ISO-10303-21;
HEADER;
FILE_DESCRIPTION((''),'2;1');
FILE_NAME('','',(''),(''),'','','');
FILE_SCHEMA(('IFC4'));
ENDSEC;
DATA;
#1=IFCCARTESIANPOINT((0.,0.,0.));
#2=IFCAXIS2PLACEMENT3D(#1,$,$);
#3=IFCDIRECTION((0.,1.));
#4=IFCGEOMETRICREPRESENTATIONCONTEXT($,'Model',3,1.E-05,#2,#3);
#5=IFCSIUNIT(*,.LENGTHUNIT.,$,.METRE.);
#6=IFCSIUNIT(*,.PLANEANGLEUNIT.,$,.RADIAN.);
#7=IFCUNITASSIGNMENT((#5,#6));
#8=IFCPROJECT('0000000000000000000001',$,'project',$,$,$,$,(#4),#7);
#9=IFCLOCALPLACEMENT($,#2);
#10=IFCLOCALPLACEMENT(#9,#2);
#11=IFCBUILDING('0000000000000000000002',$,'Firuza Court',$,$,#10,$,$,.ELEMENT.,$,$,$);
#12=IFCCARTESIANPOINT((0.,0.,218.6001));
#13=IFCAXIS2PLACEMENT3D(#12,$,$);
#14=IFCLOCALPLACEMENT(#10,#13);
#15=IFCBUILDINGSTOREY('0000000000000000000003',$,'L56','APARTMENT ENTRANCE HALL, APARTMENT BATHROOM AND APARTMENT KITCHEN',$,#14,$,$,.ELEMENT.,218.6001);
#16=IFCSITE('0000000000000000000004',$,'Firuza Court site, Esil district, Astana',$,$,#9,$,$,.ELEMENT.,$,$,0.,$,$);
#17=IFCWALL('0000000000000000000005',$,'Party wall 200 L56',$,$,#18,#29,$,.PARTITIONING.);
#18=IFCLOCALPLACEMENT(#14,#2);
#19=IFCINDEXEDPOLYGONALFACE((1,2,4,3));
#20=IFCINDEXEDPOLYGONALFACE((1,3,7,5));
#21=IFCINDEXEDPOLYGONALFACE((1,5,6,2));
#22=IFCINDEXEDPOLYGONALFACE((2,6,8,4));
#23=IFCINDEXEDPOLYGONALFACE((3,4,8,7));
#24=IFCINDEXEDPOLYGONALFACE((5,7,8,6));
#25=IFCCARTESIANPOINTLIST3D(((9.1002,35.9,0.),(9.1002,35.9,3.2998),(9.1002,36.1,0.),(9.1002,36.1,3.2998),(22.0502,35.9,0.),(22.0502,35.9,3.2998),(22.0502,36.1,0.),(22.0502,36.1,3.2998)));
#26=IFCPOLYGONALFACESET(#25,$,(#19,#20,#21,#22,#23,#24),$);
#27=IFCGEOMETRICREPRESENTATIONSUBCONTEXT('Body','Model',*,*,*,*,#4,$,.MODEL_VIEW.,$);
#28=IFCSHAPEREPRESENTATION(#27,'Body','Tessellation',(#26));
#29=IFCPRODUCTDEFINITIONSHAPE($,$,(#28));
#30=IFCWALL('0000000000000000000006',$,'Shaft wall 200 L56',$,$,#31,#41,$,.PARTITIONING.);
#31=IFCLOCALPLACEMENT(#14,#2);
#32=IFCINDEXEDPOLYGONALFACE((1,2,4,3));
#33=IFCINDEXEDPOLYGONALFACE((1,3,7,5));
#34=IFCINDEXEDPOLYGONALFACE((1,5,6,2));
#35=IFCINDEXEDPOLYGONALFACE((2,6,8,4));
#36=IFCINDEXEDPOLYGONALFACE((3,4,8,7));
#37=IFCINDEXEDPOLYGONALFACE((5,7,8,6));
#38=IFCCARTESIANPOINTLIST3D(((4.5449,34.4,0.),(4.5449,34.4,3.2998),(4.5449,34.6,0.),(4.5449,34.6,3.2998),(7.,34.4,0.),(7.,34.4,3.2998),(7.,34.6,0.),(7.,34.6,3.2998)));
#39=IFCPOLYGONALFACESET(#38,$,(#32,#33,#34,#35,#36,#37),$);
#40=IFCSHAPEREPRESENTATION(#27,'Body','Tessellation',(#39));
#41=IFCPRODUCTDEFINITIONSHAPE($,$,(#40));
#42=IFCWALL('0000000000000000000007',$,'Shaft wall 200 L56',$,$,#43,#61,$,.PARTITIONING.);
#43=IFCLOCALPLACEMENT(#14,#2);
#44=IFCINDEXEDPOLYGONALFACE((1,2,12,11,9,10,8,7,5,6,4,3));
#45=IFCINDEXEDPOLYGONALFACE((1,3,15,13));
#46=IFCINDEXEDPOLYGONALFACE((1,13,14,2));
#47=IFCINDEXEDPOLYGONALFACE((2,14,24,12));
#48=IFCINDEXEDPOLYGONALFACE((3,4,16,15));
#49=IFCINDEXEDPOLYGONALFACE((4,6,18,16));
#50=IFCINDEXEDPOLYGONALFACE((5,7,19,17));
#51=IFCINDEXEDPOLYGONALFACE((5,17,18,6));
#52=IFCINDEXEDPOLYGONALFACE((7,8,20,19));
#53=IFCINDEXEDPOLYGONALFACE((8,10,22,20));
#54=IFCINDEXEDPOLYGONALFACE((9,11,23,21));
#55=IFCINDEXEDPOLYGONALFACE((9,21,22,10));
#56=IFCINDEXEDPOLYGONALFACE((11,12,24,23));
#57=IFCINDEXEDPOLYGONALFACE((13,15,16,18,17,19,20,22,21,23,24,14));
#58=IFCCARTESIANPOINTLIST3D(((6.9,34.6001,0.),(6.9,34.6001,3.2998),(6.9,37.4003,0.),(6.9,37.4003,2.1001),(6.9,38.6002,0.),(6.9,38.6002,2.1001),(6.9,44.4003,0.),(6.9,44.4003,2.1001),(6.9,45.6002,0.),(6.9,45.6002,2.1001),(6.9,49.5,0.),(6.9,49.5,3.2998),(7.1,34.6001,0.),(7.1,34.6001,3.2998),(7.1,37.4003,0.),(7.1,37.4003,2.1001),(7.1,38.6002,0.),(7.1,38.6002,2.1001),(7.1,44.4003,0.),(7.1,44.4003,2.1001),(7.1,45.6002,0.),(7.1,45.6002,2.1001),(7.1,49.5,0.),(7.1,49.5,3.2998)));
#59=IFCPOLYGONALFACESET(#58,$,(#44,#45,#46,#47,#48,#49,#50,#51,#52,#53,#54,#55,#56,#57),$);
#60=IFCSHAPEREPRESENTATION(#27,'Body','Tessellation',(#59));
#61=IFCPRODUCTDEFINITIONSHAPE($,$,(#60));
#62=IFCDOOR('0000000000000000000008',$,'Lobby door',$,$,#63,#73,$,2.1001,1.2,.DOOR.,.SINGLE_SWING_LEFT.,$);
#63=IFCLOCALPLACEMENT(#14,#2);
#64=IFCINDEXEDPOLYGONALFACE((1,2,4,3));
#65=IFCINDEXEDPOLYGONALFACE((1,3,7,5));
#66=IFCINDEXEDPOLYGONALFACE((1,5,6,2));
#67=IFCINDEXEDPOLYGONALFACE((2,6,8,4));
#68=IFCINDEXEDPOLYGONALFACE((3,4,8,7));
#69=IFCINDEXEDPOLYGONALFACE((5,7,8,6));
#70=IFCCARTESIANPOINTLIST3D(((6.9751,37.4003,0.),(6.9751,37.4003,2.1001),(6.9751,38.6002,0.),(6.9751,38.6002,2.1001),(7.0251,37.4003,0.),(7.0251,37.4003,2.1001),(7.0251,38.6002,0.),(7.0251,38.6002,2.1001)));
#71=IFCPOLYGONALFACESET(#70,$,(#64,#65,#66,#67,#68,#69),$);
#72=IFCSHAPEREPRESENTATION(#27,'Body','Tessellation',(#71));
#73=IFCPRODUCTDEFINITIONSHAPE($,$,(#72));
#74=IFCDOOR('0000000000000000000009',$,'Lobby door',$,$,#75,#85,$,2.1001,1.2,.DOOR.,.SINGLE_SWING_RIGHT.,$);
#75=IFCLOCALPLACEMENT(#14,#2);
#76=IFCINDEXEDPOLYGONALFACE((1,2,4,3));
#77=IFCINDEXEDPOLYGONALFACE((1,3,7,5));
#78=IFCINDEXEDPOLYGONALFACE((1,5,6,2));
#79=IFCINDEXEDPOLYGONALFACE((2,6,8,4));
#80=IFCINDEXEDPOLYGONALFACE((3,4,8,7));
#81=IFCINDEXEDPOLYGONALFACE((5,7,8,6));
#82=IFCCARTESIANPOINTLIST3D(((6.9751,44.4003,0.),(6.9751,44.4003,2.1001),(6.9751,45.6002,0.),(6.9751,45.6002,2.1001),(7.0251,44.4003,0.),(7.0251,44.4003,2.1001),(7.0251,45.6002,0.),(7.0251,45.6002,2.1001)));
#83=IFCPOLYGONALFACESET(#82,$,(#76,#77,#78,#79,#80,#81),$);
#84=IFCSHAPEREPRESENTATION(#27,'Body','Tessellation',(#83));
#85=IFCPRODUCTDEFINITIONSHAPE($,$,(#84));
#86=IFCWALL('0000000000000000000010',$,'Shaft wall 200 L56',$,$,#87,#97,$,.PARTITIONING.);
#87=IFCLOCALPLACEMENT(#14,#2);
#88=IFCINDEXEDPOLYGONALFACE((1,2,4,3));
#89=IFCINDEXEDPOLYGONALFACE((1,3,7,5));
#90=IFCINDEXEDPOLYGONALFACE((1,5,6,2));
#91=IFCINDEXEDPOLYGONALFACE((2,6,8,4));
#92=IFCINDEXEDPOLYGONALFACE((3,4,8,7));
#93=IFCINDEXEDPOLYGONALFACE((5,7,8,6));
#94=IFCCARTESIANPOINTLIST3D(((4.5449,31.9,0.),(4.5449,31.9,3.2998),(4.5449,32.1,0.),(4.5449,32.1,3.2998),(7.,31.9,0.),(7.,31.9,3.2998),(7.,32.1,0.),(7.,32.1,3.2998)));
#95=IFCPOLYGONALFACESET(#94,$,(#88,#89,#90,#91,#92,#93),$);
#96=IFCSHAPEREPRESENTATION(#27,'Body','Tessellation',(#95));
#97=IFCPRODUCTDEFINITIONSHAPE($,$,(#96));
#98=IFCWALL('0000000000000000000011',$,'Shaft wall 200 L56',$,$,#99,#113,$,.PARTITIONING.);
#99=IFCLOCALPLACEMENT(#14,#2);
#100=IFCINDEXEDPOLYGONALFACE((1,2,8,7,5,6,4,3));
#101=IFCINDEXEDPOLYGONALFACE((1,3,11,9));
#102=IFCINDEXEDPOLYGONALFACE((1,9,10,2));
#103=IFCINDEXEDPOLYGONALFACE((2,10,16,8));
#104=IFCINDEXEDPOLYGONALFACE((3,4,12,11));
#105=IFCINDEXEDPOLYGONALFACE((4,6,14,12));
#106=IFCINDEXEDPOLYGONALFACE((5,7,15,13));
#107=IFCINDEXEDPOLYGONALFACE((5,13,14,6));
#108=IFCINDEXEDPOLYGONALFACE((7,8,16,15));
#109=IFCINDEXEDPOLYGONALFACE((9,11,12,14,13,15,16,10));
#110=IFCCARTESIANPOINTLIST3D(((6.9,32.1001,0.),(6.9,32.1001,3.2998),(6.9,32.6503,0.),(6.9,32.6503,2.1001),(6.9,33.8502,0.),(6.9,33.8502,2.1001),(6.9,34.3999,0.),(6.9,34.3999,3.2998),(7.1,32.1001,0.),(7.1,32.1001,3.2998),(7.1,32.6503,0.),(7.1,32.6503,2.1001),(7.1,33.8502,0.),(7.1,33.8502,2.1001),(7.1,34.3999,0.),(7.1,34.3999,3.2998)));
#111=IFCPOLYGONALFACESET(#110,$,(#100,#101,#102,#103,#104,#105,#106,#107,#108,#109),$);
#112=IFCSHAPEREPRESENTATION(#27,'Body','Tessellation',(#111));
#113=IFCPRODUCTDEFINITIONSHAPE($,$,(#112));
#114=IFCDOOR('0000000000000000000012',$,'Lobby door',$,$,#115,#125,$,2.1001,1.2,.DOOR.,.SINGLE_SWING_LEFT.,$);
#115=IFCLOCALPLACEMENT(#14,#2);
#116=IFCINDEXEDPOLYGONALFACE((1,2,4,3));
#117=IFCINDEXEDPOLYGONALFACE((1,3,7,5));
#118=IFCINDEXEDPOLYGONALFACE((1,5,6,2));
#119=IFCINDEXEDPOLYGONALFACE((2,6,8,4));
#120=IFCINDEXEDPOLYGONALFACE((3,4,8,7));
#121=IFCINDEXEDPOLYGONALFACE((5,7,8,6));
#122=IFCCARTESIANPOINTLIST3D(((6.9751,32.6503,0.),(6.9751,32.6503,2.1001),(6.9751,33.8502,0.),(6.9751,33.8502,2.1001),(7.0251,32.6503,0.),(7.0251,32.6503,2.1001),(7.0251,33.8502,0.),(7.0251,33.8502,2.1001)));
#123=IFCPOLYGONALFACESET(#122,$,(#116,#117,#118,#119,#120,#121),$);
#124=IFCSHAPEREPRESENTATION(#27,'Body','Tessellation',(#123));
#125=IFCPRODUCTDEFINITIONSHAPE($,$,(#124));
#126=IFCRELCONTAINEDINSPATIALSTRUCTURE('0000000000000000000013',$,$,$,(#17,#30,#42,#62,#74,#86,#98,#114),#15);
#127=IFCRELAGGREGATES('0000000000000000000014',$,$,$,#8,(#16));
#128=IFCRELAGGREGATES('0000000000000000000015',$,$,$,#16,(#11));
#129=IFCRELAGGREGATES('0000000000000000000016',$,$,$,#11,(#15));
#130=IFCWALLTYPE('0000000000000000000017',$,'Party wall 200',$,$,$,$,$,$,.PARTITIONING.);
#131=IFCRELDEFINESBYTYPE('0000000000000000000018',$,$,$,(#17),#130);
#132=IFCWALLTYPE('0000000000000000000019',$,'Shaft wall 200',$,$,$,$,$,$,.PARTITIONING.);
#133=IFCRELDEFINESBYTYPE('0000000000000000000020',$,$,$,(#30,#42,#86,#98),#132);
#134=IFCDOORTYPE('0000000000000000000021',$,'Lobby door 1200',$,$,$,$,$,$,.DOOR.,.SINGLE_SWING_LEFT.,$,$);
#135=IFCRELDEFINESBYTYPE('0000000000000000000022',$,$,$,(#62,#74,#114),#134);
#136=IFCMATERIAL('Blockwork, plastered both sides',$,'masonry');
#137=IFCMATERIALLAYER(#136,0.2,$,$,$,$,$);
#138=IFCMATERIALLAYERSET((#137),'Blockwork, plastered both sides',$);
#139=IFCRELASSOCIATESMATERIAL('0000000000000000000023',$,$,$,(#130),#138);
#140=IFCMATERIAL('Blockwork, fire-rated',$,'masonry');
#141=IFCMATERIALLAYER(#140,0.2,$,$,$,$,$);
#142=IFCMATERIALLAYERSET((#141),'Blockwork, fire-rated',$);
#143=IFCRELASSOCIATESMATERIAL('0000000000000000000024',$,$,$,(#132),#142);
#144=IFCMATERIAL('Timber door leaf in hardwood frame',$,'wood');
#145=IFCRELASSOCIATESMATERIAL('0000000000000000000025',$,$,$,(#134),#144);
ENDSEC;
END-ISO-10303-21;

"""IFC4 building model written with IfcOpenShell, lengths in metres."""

from ifc_helpers import new_model, si_unit, direction, frame, frame_2d, origin, place, context, subcontext, project, spatial, rectangle, extrude, material, layer, layer_set, type_object, element, fill, save


model = new_model("IFC4")

# Units and contexts
model_context = context("Model", 3, precision=1e-05, world=origin(), true_north=direction((0.0, 1.0)))
body_context = subcontext(model_context, "Body", "Model", "MODEL_VIEW")
ifc_project = project(units=[si_unit("LENGTHUNIT", "METRE"), si_unit("PLANEANGLEUNIT", "RADIAN")], contexts=[model_context])

# Site, building, storey
site_placement = place(None, origin())
site = spatial("IfcSite", under=ifc_project, at=site_placement, Name="Firuza Court site, Esil district, Astana", CompositionType="ELEMENT", RefElevation=0.0)
building_placement = place(site_placement, origin())
building = spatial("IfcBuilding", under=site, at=building_placement, Name="Firuza Court", CompositionType="ELEMENT")
storey_placement = place(building_placement, frame((0.0, 0.0, 218.6001)))
storey = spatial("IfcBuildingStorey", under=building, at=storey_placement, Name="L56", Description="APARTMENT ENTRANCE HALL, APARTMENT BATHROOM AND APARTMENT KITCHEN", CompositionType="ELEMENT", Elevation=218.6001)

# Shared definitions
ifc_material_1 = material(Name="Blockwork, plastered both sides", Category="masonry")

# Walls
ifc_layer_1 = layer(ifc_material_1, 0.2)
ifc_layer_set_1 = layer_set([ifc_layer_1], Name="Blockwork, plastered both sides")
wall_type_1 = type_object("IfcWallType", Name="Party wall 200", PredefinedType="PARTITIONING", material=ifc_layer_set_1)
wall_1_placement = place(storey_placement, frame((9.1001, 36.0, 0.0), z_axis=(0.0, 0.0, 1.0), x_axis=(1.0, 0.0, 0.0)))
element("IfcWall", 1, at=wall_1_placement, inside=storey, type_object=wall_type_1, Name="Party wall 200 L56", PredefinedType="PARTITIONING", context=body_context, shape_type="SweptSolid", body=[
    extrude(rectangle(XDim=12.95, YDim=0.2, at=frame_2d((6.4751, 0.0))), origin(), (0.0, 0.0, 1.0), 3.2998),
])
ifc_material_2 = material(Name="Blockwork, fire-rated", Category="masonry")
ifc_layer_2 = layer(ifc_material_2, 0.2)
ifc_layer_set_2 = layer_set([ifc_layer_2], Name="Blockwork, fire-rated")
wall_type_2 = type_object("IfcWallType", Name="Shaft wall 200", PredefinedType="PARTITIONING", material=ifc_layer_set_2)
wall_2_placement = place(storey_placement, frame((4.5449, 34.5, 0.0), z_axis=(0.0, 0.0, 1.0), x_axis=(1.0, 0.0, 0.0)))
element("IfcWall", 2, at=wall_2_placement, inside=storey, type_object=wall_type_2, Name="Shaft wall 200 L56", PredefinedType="PARTITIONING", context=body_context, shape_type="SweptSolid", body=[
    extrude(rectangle(XDim=2.4551, YDim=0.2, at=frame_2d((1.2275, 0.0))), origin(), (0.0, 0.0, 1.0), 3.2998),
])

# Wall, openings, doors
wall_3_placement = place(storey_placement, frame((7.0, 34.6001, 0.0), z_axis=(0.0, 0.0, 1.0), x_axis=(0.0, 1.0, 0.0)))
wall_3 = element("IfcWall", 3, at=wall_3_placement, inside=storey, type_object=wall_type_2, Name="Shaft wall 200 L56", PredefinedType="PARTITIONING", context=body_context, shape_type="SweptSolid", body=[
    extrude(rectangle(XDim=14.8999, YDim=0.2, at=frame_2d((7.45, 0.0))), origin(), (0.0, 0.0, 1.0), 3.2998),
])
opening_1_placement = place(wall_3_placement, frame((2.8, 0.0, 0.0)))
opening_1 = element("IfcOpeningElement", 4, at=opening_1_placement, cuts=wall_3, PredefinedType="OPENING", context=body_context, shape_type="SweptSolid", body=[
    extrude(rectangle(XDim=1.2, YDim=2.1001, at=frame_2d((0.6001, 1.05))), frame((0.0, 0.1118, 0.0), z_axis=(0.0, -1.0, 0.0), x_axis=(1.0, 0.0, 0.0)), (0.0, 0.0, 1.0), 0.2239),
])
opening_2_placement = place(wall_3_placement, frame((9.8, 0.0, 0.0)))
opening_2 = element("IfcOpeningElement", 5, at=opening_2_placement, cuts=wall_3, PredefinedType="OPENING", context=body_context, shape_type="SweptSolid", body=[
    extrude(rectangle(XDim=1.2, YDim=2.1001, at=frame_2d((0.6001, 1.05))), frame((0.0, 0.1118, 0.0), z_axis=(0.0, -1.0, 0.0), x_axis=(1.0, 0.0, 0.0)), (0.0, 0.0, 1.0), 0.2239),
])
ifc_material_3 = material(Name="Timber door leaf in hardwood frame", Category="wood")
door_type_1 = type_object("IfcDoorType", Name="Lobby door 1200", OperationType="SINGLE_SWING_LEFT", PredefinedType="DOOR", material=ifc_material_3)
door_1_placement = place(opening_1_placement, origin())
door_1 = element("IfcDoor", 6, at=door_1_placement, inside=storey, type_object=door_type_1, Name="Lobby door", OperationType="SINGLE_SWING_LEFT", OverallHeight=2.1001, OverallWidth=1.2, PredefinedType="DOOR", context=body_context, shape_type="SweptSolid", body=[
    extrude(rectangle(XDim=1.2, YDim=2.1001, at=frame_2d((0.6001, 1.05))), frame((0.0, 0.0249, 0.0), z_axis=(0.0, -1.0, 0.0), x_axis=(1.0, 0.0, 0.0)), (0.0, 0.0, 1.0), 0.05),
])
fill(opening_1, door_1)
door_2_placement = place(opening_2_placement, origin())
door_2 = element("IfcDoor", 7, at=door_2_placement, inside=storey, type_object=door_type_1, Name="Lobby door", OperationType="SINGLE_SWING_RIGHT", OverallHeight=2.1001, OverallWidth=1.2, PredefinedType="DOOR", context=body_context, shape_type="SweptSolid", body=[
    extrude(rectangle(XDim=1.2, YDim=2.1001, at=frame_2d((0.6001, 1.05))), frame((0.0, 0.0249, 0.0), z_axis=(0.0, -1.0, 0.0), x_axis=(1.0, 0.0, 0.0)), (0.0, 0.0, 1.0), 0.05),
])
fill(opening_2, door_2)

# Wall
wall_4_placement = place(storey_placement, frame((4.5449, 32.0, 0.0), z_axis=(0.0, 0.0, 1.0), x_axis=(1.0, 0.0, 0.0)))
element("IfcWall", 8, at=wall_4_placement, inside=storey, type_object=wall_type_2, Name="Shaft wall 200 L56", PredefinedType="PARTITIONING", context=body_context, shape_type="SweptSolid", body=[
    extrude(rectangle(XDim=2.4551, YDim=0.2, at=frame_2d((1.2275, 0.0))), origin(), (0.0, 0.0, 1.0), 3.2998),
])

# Wall, opening, door
wall_5_placement = place(storey_placement, frame((7.0, 32.1001, 0.0), z_axis=(0.0, 0.0, 1.0), x_axis=(0.0, 1.0, 0.0)))
wall_5 = element("IfcWall", 9, at=wall_5_placement, inside=storey, type_object=wall_type_2, Name="Shaft wall 200 L56", PredefinedType="PARTITIONING", context=body_context, shape_type="SweptSolid", body=[
    extrude(rectangle(XDim=2.2998, YDim=0.2, at=frame_2d((1.1499, 0.0))), origin(), (0.0, 0.0, 1.0), 3.2998),
])
opening_3_placement = place(wall_5_placement, frame((0.55, 0.0, 0.0)))
opening_3 = element("IfcOpeningElement", 10, at=opening_3_placement, cuts=wall_5, PredefinedType="OPENING", context=body_context, shape_type="SweptSolid", body=[
    extrude(rectangle(XDim=1.2, YDim=2.1001, at=frame_2d((0.6001, 1.05))), frame((0.0, 0.1118, 0.0), z_axis=(0.0, -1.0, 0.0), x_axis=(1.0, 0.0, 0.0)), (0.0, 0.0, 1.0), 0.2239),
])
door_3_placement = place(opening_3_placement, origin())
door_3 = element("IfcDoor", 11, at=door_3_placement, inside=storey, type_object=door_type_1, Name="Lobby door", OperationType="SINGLE_SWING_LEFT", OverallHeight=2.1001, OverallWidth=1.2, PredefinedType="DOOR", context=body_context, shape_type="SweptSolid", body=[
    extrude(rectangle(XDim=1.2, YDim=2.1001, at=frame_2d((0.6001, 1.05))), frame((0.0, 0.0249, 0.0), z_axis=(0.0, -1.0, 0.0), x_axis=(1.0, 0.0, 0.0)), (0.0, 0.0, 1.0), 0.05),
])
fill(opening_3, door_3)

save(model, "model.ifc")
